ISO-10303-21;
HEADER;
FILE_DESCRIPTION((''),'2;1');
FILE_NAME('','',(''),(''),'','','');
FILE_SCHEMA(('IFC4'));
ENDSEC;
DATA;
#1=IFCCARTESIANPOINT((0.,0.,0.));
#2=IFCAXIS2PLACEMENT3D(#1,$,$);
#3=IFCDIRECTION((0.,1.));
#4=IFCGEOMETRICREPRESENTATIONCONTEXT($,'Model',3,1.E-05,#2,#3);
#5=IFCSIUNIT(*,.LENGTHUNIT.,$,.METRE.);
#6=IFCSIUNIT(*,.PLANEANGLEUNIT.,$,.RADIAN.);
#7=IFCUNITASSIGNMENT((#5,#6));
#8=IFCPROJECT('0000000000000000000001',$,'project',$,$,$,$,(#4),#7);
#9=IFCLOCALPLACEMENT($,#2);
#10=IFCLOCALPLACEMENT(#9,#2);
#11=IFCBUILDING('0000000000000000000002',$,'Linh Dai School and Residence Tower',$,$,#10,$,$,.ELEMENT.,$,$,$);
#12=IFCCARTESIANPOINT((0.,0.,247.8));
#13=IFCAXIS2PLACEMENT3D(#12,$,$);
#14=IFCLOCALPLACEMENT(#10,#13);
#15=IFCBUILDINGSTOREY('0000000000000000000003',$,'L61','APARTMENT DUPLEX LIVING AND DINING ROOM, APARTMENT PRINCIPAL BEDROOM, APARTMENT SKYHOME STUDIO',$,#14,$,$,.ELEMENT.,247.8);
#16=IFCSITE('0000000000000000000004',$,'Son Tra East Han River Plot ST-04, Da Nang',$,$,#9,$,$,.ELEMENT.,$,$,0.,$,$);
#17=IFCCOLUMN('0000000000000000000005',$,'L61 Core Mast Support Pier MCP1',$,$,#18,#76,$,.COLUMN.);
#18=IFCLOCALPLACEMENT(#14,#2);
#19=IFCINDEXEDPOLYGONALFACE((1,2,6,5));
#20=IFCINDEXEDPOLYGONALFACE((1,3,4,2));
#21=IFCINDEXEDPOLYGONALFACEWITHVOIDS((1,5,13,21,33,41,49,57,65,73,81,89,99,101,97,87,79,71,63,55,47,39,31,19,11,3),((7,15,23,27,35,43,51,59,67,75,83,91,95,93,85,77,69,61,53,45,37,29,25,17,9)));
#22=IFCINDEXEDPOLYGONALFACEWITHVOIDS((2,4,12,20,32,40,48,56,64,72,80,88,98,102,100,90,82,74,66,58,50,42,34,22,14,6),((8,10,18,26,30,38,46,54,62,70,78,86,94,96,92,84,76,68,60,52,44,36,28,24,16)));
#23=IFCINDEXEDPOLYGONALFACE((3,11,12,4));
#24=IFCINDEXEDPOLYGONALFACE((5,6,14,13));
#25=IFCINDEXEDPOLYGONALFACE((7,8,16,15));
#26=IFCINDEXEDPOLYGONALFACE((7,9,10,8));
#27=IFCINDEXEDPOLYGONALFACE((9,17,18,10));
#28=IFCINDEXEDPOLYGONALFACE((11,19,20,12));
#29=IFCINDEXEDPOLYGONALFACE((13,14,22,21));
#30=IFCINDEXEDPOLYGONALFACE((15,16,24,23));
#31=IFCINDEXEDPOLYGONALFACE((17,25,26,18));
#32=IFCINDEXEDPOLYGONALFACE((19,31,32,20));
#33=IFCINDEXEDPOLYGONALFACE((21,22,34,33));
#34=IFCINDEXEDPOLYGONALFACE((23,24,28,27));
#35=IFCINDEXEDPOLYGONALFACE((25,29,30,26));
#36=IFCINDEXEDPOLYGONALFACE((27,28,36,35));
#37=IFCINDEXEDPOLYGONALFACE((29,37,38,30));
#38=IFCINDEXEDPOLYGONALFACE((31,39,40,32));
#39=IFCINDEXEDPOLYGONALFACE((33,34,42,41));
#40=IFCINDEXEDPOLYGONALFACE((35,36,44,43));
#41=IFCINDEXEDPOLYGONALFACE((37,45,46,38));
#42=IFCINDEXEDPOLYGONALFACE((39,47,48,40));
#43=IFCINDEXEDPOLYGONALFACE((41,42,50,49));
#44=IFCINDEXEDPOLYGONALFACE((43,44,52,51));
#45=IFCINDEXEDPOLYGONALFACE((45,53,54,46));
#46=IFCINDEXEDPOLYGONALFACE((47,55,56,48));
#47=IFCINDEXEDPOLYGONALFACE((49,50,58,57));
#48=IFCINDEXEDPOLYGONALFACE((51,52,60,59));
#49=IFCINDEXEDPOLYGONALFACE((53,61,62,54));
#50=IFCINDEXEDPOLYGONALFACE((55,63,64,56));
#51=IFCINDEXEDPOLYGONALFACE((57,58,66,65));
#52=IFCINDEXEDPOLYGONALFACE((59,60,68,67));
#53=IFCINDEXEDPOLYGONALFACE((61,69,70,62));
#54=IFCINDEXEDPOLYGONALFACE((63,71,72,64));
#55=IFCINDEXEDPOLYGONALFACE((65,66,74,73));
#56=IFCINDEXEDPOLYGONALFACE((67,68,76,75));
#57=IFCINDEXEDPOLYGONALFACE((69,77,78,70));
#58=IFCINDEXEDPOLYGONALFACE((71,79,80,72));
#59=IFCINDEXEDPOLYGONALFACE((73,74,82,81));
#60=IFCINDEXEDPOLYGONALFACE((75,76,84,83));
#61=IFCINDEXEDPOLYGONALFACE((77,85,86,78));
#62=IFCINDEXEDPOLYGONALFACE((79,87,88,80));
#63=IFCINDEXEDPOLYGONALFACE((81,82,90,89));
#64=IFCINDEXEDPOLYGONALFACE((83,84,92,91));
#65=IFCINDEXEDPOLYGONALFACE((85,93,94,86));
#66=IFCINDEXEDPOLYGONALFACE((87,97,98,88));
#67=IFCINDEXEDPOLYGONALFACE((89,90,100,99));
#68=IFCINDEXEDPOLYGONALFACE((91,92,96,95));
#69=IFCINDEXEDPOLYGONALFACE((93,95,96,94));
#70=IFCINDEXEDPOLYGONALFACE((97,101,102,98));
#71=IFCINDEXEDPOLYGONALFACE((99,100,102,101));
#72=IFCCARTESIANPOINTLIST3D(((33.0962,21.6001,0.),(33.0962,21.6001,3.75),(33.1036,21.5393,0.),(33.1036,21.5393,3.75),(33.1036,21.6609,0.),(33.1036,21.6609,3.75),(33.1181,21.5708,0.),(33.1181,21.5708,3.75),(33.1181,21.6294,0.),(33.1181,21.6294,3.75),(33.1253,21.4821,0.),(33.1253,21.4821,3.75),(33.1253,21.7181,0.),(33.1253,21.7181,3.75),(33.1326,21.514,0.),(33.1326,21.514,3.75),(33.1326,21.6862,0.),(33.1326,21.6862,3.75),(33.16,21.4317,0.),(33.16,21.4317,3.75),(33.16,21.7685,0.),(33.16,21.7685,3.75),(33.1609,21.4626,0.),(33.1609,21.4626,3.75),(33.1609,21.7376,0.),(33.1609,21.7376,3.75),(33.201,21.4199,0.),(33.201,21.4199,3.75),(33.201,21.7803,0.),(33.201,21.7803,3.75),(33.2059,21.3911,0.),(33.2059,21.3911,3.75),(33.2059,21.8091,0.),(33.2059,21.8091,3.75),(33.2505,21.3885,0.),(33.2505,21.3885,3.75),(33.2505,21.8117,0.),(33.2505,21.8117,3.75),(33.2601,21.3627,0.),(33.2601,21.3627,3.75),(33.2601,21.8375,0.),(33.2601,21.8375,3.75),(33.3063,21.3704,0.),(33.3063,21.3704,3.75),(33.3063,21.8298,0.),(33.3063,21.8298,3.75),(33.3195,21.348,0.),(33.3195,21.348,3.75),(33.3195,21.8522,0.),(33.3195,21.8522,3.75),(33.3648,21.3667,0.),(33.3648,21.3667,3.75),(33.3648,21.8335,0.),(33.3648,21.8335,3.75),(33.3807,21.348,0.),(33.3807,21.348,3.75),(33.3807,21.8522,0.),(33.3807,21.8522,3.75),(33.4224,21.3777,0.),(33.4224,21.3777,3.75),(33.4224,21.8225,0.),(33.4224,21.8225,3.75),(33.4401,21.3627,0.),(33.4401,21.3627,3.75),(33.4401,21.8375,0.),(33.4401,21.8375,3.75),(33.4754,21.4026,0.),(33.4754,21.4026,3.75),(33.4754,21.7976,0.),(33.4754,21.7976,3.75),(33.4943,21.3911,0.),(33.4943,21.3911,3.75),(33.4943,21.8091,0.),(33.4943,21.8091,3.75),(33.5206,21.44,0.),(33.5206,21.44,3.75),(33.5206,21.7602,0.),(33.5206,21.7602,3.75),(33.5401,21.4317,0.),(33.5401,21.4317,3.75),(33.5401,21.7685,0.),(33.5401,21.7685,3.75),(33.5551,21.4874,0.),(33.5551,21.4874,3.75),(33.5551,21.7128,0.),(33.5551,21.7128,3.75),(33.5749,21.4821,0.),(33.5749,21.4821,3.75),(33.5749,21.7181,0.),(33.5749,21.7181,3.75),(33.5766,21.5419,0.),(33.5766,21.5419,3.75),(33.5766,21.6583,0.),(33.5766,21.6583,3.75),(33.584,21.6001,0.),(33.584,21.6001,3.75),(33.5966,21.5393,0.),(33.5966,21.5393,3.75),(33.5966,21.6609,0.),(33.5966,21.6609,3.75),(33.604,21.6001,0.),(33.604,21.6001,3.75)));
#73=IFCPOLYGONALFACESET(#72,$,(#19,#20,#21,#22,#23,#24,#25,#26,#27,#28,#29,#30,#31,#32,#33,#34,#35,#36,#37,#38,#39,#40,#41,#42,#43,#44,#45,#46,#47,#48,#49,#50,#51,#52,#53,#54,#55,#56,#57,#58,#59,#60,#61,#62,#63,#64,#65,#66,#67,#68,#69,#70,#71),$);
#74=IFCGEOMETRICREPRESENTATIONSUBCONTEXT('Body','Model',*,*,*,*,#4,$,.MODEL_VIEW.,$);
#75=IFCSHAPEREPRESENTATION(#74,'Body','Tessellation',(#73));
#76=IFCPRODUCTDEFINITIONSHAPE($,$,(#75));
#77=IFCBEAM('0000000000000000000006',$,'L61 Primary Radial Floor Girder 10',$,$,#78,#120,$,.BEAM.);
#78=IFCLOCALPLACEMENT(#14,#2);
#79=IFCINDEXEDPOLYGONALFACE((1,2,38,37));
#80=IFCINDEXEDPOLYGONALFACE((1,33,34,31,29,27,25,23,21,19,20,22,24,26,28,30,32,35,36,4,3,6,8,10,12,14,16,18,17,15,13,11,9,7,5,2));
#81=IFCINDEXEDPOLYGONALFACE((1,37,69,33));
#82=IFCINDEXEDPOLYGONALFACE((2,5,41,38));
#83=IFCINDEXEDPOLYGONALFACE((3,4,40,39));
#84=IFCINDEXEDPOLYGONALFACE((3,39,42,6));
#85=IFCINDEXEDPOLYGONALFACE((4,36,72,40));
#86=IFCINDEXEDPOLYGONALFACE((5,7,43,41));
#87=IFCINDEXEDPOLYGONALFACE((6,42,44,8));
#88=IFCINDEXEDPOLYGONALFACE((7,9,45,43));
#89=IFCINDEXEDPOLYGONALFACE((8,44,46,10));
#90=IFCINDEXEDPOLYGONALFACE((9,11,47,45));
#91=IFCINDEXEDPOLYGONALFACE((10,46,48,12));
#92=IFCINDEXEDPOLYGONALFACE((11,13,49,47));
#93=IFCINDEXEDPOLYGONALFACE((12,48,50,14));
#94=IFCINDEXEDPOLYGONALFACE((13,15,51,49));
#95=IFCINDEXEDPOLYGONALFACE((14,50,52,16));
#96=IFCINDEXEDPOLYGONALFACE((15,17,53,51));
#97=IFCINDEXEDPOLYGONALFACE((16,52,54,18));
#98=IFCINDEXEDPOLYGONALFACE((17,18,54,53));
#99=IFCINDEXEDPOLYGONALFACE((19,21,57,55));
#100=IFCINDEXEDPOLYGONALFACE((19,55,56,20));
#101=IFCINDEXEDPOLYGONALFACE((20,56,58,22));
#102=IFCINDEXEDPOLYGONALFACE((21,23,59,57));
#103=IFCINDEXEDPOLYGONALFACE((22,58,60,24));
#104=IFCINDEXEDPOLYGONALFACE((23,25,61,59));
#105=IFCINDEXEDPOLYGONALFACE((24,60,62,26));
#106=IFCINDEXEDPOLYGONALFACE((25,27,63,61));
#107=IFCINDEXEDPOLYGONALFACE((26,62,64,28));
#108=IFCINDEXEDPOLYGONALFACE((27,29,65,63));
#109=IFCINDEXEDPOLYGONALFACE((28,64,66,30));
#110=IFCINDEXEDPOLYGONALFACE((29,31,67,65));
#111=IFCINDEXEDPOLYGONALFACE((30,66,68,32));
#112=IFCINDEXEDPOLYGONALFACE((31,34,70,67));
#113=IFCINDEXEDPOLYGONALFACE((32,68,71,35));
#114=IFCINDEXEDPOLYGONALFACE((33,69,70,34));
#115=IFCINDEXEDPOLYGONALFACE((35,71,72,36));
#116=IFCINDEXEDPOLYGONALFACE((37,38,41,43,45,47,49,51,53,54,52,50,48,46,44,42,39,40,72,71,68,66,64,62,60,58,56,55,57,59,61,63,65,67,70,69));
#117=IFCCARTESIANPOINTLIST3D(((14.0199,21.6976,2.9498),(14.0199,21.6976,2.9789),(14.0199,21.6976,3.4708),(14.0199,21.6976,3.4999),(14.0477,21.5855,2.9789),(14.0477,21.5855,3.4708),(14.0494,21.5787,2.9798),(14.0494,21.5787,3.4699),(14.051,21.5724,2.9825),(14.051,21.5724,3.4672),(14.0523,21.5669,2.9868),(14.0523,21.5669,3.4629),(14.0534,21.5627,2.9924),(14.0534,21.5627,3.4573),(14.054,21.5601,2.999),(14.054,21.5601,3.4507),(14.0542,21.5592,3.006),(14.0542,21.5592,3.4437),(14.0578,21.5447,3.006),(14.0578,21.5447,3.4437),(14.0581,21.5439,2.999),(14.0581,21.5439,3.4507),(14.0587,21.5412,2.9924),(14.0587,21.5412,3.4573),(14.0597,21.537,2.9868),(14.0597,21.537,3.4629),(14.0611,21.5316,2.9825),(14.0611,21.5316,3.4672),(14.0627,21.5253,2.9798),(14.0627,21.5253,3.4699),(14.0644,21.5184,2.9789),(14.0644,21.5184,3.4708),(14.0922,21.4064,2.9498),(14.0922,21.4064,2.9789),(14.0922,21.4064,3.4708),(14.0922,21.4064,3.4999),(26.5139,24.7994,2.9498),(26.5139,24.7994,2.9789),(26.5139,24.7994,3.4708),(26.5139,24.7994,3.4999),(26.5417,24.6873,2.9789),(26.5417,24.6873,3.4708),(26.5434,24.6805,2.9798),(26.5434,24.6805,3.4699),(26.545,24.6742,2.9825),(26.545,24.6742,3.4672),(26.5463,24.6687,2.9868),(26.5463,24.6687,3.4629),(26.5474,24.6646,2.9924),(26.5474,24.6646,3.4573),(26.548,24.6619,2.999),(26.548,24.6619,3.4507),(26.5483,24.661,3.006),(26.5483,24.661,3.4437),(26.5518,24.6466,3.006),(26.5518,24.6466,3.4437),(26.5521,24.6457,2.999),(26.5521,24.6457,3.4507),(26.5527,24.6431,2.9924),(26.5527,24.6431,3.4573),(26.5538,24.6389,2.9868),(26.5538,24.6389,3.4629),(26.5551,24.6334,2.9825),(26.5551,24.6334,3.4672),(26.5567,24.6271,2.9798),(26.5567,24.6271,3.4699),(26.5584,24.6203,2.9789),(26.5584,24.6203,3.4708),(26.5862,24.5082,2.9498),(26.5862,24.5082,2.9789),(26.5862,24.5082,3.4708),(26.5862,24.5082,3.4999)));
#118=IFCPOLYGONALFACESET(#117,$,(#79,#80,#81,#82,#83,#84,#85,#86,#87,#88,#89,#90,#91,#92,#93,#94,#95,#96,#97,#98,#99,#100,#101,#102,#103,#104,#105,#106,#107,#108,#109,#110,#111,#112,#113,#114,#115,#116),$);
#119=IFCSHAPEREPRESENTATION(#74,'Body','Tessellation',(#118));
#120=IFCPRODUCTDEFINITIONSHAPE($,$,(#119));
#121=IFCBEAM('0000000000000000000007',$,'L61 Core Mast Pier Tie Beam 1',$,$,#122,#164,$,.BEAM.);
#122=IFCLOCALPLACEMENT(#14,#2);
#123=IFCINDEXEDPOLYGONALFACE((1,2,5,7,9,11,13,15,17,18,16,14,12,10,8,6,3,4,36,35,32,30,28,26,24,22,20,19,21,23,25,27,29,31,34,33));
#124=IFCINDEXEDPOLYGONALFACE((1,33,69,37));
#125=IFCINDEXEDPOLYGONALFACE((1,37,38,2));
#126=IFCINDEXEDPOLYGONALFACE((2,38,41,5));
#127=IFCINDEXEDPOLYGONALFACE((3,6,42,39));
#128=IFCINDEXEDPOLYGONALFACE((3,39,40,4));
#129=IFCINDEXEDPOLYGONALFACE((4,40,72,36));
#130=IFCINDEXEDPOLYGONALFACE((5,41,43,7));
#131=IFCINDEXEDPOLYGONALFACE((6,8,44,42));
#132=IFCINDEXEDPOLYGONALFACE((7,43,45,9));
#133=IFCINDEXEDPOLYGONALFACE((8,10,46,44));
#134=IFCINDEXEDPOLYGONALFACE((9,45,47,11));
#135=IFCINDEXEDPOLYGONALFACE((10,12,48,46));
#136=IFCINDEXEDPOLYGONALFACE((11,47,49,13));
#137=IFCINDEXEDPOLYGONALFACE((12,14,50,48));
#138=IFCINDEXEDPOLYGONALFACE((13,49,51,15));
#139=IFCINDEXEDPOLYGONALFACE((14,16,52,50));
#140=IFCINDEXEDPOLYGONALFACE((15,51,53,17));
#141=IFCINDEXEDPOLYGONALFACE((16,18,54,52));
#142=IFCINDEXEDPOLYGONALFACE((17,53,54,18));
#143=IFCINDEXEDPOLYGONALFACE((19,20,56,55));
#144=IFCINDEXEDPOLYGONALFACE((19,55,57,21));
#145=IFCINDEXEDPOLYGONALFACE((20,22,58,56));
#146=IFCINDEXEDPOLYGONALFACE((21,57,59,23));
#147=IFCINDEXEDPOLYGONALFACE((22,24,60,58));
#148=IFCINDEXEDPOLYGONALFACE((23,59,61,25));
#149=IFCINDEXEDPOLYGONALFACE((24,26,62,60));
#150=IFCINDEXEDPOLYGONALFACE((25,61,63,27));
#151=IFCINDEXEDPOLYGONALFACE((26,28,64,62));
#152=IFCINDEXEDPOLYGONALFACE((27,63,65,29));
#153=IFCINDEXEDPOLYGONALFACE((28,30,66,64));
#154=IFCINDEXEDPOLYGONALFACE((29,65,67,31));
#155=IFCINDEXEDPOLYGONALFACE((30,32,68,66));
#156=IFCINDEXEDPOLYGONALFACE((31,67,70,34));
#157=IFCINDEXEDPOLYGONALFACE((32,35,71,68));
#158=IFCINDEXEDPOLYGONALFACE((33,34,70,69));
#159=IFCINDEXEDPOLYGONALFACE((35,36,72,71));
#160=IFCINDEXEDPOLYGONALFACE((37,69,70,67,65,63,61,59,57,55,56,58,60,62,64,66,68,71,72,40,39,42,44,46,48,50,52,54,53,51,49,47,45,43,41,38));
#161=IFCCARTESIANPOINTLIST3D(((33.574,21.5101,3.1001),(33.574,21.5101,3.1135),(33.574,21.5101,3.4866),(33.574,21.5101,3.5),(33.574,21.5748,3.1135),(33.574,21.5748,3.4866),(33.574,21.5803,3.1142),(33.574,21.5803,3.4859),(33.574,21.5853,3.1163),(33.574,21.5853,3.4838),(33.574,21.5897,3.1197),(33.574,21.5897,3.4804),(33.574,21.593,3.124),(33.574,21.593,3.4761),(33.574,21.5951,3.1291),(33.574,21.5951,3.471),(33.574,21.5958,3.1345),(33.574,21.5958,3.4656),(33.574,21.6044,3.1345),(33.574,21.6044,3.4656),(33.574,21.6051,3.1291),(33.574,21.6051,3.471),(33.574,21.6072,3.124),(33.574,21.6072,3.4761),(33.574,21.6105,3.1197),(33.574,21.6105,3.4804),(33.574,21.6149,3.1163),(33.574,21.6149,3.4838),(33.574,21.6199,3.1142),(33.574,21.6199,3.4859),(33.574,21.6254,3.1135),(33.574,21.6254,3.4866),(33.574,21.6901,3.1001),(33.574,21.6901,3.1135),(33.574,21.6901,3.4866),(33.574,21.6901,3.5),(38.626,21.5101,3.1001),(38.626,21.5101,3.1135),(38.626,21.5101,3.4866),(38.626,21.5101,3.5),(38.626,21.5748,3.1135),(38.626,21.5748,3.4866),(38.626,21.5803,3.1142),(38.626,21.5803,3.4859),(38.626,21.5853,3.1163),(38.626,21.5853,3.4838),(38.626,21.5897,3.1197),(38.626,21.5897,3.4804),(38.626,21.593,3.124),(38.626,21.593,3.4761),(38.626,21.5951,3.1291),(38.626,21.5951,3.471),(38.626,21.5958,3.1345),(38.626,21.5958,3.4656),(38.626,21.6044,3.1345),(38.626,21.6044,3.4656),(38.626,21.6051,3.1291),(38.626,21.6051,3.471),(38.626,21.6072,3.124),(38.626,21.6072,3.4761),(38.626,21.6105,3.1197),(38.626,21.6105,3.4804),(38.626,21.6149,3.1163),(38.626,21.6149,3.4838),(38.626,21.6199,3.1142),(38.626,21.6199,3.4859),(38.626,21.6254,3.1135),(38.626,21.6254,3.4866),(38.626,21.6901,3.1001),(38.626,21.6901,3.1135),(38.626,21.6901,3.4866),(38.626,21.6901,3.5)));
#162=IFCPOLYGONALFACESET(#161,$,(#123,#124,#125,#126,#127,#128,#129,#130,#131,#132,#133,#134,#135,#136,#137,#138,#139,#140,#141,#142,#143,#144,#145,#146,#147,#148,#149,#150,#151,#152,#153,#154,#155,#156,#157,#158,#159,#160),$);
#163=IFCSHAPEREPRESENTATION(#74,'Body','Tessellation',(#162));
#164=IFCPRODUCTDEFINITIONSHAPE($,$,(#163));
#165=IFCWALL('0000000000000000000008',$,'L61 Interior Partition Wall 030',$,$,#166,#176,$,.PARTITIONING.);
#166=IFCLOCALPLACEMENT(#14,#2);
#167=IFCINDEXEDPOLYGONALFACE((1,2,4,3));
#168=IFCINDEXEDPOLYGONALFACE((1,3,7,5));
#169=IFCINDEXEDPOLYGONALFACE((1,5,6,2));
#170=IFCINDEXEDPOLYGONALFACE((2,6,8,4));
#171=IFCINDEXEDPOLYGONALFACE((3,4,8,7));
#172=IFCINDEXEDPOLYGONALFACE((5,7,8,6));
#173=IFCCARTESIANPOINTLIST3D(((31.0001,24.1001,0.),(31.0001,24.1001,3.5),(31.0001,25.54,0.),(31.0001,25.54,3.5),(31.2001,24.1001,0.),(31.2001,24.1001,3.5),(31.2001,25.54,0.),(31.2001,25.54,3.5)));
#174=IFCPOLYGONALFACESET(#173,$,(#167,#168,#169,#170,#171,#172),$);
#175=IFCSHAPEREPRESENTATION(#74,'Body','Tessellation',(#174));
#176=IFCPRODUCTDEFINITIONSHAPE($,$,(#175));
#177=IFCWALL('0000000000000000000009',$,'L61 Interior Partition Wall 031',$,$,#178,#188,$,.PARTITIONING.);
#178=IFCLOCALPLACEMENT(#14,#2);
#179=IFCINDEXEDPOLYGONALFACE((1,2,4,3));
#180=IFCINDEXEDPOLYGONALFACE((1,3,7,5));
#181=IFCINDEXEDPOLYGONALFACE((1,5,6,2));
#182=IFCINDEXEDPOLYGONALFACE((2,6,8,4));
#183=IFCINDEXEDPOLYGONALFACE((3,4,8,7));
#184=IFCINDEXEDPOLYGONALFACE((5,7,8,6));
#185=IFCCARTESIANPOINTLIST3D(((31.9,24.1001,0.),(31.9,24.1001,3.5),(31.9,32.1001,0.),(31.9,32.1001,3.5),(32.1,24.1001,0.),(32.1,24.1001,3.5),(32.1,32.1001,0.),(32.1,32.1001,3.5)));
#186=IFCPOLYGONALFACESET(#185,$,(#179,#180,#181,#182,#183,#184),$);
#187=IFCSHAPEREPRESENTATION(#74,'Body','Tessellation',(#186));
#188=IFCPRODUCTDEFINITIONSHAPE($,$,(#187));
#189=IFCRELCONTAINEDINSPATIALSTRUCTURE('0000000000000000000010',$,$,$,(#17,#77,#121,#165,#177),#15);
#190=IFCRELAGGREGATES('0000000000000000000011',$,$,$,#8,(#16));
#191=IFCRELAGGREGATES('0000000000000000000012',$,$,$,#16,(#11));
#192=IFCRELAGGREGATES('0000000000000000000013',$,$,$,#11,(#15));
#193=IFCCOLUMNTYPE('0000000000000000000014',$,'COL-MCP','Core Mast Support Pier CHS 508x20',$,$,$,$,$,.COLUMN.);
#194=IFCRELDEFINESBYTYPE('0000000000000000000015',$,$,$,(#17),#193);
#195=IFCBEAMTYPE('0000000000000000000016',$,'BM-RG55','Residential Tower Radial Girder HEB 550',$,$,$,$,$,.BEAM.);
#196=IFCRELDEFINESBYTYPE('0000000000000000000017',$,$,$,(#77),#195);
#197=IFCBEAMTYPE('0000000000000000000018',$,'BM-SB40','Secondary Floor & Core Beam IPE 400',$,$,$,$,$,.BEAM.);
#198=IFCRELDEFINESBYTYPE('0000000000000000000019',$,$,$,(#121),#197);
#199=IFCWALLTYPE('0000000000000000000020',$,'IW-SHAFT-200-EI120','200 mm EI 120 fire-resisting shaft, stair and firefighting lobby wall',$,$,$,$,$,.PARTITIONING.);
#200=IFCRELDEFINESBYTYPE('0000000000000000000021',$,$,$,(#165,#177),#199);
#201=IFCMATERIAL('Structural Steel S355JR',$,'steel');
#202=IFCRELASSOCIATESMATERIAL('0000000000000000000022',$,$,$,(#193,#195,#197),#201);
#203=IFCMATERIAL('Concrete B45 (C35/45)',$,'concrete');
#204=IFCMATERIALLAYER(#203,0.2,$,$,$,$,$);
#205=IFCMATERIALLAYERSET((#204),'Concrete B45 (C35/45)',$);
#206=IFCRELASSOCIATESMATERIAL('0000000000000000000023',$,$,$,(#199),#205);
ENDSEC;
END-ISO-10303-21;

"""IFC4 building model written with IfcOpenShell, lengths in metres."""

from ifc_helpers import new_model, si_unit, direction, frame, frame_2d, origin, origin_2d, place, context, subcontext, project, spatial, rectangle, hollow_circle, i_section, extrude, material, layer, layer_set, material_profile, profile_set, type_object, element, save


model = new_model("IFC4")

# Units and contexts
model_context = context("Model", 3, precision=1e-05, world=origin(), true_north=direction((0.0, 1.0)))
body_context = subcontext(model_context, "Body", "Model", "MODEL_VIEW")
ifc_project = project(units=[si_unit("LENGTHUNIT", "METRE"), si_unit("PLANEANGLEUNIT", "RADIAN")], contexts=[model_context])

# Site, building, storey
site_placement = place(None, origin())
site = spatial("IfcSite", under=ifc_project, at=site_placement, Name="Son Tra East Han River Plot ST-04, Da Nang", CompositionType="ELEMENT", RefElevation=0.0)
building_placement = place(site_placement, origin())
building = spatial("IfcBuilding", under=site, at=building_placement, Name="Linh Dai School and Residence Tower", CompositionType="ELEMENT")
storey_placement = place(building_placement, frame((0.0, 0.0, 247.8)))
storey = spatial("IfcBuildingStorey", under=building, at=storey_placement, Name="L61", Description="APARTMENT DUPLEX LIVING AND DINING ROOM, APARTMENT PRINCIPAL BEDROOM, APARTMENT SKYHOME STUDIO", CompositionType="ELEMENT", Elevation=247.8)

# Column
ifc_material_1 = material(Name="Structural Steel S355JR", Category="steel")
ifc_material_profile_1 = material_profile(ifc_material_1, hollow_circle(Radius=0.2539, WallThickness=0.02, at=origin_2d()), Name="CHS 508x20")
ifc_profile_set_1 = profile_set([ifc_material_profile_1], Name="Structural Steel S355JR")
column_type_1 = type_object("IfcColumnType", Name="COL-MCP", Description="Core Mast Support Pier CHS 508x20", PredefinedType="COLUMN", material=ifc_profile_set_1)
column_placement = place(storey_placement, frame((33.3501, 21.6001, 0.0), z_axis=(0.0, 0.0, 1.0), x_axis=(1.0, 0.0, 0.0)))
element("IfcColumn", 1, at=column_placement, inside=storey, type_object=column_type_1, Name="L61 Core Mast Support Pier MCP1", PredefinedType="COLUMN", context=body_context, shape_type="SweptSolid", body=[
    extrude(hollow_circle(Radius=0.2539, WallThickness=0.02, at=origin_2d()), origin(), (0.0, 0.0, 1.0), 3.75),
])

# Beams
ifc_material_profile_2 = material_profile(ifc_material_1, i_section(OverallWidth=0.3, OverallDepth=0.55, WebThickness=0.0149, FlangeThickness=0.0291, FilletRadius=0.0271, at=origin_2d()), Name="HEB 550")
ifc_profile_set_2 = profile_set([ifc_material_profile_2], Name="Structural Steel S355JR")
beam_type_1 = type_object("IfcBeamType", Name="BM-RG55", Description="Residential Tower Radial Girder HEB 550", PredefinedType="BEAM", material=ifc_profile_set_2)
beam_1_placement = place(storey_placement, frame((26.55, 24.6538, 3.2249), z_axis=(-0.970537, -0.240951, 0.0), x_axis=(0.240951, -0.970537, 0.0)))
element("IfcBeam", 2, at=beam_1_placement, inside=storey, type_object=beam_type_1, Name="L61 Primary Radial Floor Girder 10", PredefinedType="BEAM", context=body_context, shape_type="SweptSolid", body=[
    extrude(i_section(OverallWidth=0.3, OverallDepth=0.55, WebThickness=0.0149, FlangeThickness=0.0291, FilletRadius=0.0271, at=origin_2d()), origin(), (0.0, 0.0, 1.0), 12.8733),
])
ifc_material_profile_3 = material_profile(ifc_material_1, i_section(OverallWidth=0.1799, OverallDepth=0.3999, WebThickness=0.0085, FlangeThickness=0.0134, FilletRadius=0.021, at=origin_2d()), Name="IPE 400")
ifc_profile_set_3 = profile_set([ifc_material_profile_3], Name="Structural Steel S355JR")
beam_type_2 = type_object("IfcBeamType", Name="BM-SB40", Description="Secondary Floor & Core Beam IPE 400", PredefinedType="BEAM", material=ifc_profile_set_3)
beam_2_placement = place(storey_placement, frame((33.574, 21.6001, 3.3), z_axis=(1.0, 0.0, 0.0), x_axis=(0.0, 1.0, 0.0)))
element("IfcBeam", 3, at=beam_2_placement, inside=storey, type_object=beam_type_2, Name="L61 Core Mast Pier Tie Beam 1", PredefinedType="BEAM", context=body_context, shape_type="SweptSolid", body=[
    extrude(i_section(OverallWidth=0.1799, OverallDepth=0.3999, WebThickness=0.0085, FlangeThickness=0.0134, FilletRadius=0.021, at=origin_2d()), origin(), (0.0, 0.0, 1.0), 5.052),
])

# Shared definitions
ifc_material_2 = material(Name="Concrete B45 (C35/45)", Category="concrete")
ifc_layer_1 = layer(ifc_material_2, 0.2)
ifc_layer_set_1 = layer_set([ifc_layer_1], Name="Concrete B45 (C35/45)")
wall_type_1 = type_object("IfcWallType", Name="IW-SHAFT-200-EI120", Description="200 mm EI 120 fire-resisting shaft, stair and firefighting lobby wall", PredefinedType="PARTITIONING", material=ifc_layer_set_1)

# Walls
wall_1_placement = place(storey_placement, frame((31.1001, 24.1001, 0.0), z_axis=(0.0, 0.0, 1.0), x_axis=(0.0, 1.0, 0.0)))
element("IfcWall", 4, at=wall_1_placement, inside=storey, type_object=wall_type_1, Name="L61 Interior Partition Wall 030", PredefinedType="PARTITIONING", context=body_context, shape_type="SweptSolid", body=[
    extrude(rectangle(XDim=1.4399, YDim=0.2, at=frame_2d((0.72, 0.0))), origin(), (0.0, 0.0, 1.0), 3.5),
])
wall_2_placement = place(storey_placement, frame((32.0, 24.1001, 0.0), z_axis=(0.0, 0.0, 1.0), x_axis=(0.0, 1.0, 0.0)))
element("IfcWall", 5, at=wall_2_placement, inside=storey, type_object=wall_type_1, Name="L61 Interior Partition Wall 031", PredefinedType="PARTITIONING", context=body_context, shape_type="SweptSolid", body=[
    extrude(rectangle(XDim=8.0, YDim=0.2, at=frame_2d((4.0, 0.0))), origin(), (0.0, 0.0, 1.0), 3.5),
])

save(model, "model.ifc")
